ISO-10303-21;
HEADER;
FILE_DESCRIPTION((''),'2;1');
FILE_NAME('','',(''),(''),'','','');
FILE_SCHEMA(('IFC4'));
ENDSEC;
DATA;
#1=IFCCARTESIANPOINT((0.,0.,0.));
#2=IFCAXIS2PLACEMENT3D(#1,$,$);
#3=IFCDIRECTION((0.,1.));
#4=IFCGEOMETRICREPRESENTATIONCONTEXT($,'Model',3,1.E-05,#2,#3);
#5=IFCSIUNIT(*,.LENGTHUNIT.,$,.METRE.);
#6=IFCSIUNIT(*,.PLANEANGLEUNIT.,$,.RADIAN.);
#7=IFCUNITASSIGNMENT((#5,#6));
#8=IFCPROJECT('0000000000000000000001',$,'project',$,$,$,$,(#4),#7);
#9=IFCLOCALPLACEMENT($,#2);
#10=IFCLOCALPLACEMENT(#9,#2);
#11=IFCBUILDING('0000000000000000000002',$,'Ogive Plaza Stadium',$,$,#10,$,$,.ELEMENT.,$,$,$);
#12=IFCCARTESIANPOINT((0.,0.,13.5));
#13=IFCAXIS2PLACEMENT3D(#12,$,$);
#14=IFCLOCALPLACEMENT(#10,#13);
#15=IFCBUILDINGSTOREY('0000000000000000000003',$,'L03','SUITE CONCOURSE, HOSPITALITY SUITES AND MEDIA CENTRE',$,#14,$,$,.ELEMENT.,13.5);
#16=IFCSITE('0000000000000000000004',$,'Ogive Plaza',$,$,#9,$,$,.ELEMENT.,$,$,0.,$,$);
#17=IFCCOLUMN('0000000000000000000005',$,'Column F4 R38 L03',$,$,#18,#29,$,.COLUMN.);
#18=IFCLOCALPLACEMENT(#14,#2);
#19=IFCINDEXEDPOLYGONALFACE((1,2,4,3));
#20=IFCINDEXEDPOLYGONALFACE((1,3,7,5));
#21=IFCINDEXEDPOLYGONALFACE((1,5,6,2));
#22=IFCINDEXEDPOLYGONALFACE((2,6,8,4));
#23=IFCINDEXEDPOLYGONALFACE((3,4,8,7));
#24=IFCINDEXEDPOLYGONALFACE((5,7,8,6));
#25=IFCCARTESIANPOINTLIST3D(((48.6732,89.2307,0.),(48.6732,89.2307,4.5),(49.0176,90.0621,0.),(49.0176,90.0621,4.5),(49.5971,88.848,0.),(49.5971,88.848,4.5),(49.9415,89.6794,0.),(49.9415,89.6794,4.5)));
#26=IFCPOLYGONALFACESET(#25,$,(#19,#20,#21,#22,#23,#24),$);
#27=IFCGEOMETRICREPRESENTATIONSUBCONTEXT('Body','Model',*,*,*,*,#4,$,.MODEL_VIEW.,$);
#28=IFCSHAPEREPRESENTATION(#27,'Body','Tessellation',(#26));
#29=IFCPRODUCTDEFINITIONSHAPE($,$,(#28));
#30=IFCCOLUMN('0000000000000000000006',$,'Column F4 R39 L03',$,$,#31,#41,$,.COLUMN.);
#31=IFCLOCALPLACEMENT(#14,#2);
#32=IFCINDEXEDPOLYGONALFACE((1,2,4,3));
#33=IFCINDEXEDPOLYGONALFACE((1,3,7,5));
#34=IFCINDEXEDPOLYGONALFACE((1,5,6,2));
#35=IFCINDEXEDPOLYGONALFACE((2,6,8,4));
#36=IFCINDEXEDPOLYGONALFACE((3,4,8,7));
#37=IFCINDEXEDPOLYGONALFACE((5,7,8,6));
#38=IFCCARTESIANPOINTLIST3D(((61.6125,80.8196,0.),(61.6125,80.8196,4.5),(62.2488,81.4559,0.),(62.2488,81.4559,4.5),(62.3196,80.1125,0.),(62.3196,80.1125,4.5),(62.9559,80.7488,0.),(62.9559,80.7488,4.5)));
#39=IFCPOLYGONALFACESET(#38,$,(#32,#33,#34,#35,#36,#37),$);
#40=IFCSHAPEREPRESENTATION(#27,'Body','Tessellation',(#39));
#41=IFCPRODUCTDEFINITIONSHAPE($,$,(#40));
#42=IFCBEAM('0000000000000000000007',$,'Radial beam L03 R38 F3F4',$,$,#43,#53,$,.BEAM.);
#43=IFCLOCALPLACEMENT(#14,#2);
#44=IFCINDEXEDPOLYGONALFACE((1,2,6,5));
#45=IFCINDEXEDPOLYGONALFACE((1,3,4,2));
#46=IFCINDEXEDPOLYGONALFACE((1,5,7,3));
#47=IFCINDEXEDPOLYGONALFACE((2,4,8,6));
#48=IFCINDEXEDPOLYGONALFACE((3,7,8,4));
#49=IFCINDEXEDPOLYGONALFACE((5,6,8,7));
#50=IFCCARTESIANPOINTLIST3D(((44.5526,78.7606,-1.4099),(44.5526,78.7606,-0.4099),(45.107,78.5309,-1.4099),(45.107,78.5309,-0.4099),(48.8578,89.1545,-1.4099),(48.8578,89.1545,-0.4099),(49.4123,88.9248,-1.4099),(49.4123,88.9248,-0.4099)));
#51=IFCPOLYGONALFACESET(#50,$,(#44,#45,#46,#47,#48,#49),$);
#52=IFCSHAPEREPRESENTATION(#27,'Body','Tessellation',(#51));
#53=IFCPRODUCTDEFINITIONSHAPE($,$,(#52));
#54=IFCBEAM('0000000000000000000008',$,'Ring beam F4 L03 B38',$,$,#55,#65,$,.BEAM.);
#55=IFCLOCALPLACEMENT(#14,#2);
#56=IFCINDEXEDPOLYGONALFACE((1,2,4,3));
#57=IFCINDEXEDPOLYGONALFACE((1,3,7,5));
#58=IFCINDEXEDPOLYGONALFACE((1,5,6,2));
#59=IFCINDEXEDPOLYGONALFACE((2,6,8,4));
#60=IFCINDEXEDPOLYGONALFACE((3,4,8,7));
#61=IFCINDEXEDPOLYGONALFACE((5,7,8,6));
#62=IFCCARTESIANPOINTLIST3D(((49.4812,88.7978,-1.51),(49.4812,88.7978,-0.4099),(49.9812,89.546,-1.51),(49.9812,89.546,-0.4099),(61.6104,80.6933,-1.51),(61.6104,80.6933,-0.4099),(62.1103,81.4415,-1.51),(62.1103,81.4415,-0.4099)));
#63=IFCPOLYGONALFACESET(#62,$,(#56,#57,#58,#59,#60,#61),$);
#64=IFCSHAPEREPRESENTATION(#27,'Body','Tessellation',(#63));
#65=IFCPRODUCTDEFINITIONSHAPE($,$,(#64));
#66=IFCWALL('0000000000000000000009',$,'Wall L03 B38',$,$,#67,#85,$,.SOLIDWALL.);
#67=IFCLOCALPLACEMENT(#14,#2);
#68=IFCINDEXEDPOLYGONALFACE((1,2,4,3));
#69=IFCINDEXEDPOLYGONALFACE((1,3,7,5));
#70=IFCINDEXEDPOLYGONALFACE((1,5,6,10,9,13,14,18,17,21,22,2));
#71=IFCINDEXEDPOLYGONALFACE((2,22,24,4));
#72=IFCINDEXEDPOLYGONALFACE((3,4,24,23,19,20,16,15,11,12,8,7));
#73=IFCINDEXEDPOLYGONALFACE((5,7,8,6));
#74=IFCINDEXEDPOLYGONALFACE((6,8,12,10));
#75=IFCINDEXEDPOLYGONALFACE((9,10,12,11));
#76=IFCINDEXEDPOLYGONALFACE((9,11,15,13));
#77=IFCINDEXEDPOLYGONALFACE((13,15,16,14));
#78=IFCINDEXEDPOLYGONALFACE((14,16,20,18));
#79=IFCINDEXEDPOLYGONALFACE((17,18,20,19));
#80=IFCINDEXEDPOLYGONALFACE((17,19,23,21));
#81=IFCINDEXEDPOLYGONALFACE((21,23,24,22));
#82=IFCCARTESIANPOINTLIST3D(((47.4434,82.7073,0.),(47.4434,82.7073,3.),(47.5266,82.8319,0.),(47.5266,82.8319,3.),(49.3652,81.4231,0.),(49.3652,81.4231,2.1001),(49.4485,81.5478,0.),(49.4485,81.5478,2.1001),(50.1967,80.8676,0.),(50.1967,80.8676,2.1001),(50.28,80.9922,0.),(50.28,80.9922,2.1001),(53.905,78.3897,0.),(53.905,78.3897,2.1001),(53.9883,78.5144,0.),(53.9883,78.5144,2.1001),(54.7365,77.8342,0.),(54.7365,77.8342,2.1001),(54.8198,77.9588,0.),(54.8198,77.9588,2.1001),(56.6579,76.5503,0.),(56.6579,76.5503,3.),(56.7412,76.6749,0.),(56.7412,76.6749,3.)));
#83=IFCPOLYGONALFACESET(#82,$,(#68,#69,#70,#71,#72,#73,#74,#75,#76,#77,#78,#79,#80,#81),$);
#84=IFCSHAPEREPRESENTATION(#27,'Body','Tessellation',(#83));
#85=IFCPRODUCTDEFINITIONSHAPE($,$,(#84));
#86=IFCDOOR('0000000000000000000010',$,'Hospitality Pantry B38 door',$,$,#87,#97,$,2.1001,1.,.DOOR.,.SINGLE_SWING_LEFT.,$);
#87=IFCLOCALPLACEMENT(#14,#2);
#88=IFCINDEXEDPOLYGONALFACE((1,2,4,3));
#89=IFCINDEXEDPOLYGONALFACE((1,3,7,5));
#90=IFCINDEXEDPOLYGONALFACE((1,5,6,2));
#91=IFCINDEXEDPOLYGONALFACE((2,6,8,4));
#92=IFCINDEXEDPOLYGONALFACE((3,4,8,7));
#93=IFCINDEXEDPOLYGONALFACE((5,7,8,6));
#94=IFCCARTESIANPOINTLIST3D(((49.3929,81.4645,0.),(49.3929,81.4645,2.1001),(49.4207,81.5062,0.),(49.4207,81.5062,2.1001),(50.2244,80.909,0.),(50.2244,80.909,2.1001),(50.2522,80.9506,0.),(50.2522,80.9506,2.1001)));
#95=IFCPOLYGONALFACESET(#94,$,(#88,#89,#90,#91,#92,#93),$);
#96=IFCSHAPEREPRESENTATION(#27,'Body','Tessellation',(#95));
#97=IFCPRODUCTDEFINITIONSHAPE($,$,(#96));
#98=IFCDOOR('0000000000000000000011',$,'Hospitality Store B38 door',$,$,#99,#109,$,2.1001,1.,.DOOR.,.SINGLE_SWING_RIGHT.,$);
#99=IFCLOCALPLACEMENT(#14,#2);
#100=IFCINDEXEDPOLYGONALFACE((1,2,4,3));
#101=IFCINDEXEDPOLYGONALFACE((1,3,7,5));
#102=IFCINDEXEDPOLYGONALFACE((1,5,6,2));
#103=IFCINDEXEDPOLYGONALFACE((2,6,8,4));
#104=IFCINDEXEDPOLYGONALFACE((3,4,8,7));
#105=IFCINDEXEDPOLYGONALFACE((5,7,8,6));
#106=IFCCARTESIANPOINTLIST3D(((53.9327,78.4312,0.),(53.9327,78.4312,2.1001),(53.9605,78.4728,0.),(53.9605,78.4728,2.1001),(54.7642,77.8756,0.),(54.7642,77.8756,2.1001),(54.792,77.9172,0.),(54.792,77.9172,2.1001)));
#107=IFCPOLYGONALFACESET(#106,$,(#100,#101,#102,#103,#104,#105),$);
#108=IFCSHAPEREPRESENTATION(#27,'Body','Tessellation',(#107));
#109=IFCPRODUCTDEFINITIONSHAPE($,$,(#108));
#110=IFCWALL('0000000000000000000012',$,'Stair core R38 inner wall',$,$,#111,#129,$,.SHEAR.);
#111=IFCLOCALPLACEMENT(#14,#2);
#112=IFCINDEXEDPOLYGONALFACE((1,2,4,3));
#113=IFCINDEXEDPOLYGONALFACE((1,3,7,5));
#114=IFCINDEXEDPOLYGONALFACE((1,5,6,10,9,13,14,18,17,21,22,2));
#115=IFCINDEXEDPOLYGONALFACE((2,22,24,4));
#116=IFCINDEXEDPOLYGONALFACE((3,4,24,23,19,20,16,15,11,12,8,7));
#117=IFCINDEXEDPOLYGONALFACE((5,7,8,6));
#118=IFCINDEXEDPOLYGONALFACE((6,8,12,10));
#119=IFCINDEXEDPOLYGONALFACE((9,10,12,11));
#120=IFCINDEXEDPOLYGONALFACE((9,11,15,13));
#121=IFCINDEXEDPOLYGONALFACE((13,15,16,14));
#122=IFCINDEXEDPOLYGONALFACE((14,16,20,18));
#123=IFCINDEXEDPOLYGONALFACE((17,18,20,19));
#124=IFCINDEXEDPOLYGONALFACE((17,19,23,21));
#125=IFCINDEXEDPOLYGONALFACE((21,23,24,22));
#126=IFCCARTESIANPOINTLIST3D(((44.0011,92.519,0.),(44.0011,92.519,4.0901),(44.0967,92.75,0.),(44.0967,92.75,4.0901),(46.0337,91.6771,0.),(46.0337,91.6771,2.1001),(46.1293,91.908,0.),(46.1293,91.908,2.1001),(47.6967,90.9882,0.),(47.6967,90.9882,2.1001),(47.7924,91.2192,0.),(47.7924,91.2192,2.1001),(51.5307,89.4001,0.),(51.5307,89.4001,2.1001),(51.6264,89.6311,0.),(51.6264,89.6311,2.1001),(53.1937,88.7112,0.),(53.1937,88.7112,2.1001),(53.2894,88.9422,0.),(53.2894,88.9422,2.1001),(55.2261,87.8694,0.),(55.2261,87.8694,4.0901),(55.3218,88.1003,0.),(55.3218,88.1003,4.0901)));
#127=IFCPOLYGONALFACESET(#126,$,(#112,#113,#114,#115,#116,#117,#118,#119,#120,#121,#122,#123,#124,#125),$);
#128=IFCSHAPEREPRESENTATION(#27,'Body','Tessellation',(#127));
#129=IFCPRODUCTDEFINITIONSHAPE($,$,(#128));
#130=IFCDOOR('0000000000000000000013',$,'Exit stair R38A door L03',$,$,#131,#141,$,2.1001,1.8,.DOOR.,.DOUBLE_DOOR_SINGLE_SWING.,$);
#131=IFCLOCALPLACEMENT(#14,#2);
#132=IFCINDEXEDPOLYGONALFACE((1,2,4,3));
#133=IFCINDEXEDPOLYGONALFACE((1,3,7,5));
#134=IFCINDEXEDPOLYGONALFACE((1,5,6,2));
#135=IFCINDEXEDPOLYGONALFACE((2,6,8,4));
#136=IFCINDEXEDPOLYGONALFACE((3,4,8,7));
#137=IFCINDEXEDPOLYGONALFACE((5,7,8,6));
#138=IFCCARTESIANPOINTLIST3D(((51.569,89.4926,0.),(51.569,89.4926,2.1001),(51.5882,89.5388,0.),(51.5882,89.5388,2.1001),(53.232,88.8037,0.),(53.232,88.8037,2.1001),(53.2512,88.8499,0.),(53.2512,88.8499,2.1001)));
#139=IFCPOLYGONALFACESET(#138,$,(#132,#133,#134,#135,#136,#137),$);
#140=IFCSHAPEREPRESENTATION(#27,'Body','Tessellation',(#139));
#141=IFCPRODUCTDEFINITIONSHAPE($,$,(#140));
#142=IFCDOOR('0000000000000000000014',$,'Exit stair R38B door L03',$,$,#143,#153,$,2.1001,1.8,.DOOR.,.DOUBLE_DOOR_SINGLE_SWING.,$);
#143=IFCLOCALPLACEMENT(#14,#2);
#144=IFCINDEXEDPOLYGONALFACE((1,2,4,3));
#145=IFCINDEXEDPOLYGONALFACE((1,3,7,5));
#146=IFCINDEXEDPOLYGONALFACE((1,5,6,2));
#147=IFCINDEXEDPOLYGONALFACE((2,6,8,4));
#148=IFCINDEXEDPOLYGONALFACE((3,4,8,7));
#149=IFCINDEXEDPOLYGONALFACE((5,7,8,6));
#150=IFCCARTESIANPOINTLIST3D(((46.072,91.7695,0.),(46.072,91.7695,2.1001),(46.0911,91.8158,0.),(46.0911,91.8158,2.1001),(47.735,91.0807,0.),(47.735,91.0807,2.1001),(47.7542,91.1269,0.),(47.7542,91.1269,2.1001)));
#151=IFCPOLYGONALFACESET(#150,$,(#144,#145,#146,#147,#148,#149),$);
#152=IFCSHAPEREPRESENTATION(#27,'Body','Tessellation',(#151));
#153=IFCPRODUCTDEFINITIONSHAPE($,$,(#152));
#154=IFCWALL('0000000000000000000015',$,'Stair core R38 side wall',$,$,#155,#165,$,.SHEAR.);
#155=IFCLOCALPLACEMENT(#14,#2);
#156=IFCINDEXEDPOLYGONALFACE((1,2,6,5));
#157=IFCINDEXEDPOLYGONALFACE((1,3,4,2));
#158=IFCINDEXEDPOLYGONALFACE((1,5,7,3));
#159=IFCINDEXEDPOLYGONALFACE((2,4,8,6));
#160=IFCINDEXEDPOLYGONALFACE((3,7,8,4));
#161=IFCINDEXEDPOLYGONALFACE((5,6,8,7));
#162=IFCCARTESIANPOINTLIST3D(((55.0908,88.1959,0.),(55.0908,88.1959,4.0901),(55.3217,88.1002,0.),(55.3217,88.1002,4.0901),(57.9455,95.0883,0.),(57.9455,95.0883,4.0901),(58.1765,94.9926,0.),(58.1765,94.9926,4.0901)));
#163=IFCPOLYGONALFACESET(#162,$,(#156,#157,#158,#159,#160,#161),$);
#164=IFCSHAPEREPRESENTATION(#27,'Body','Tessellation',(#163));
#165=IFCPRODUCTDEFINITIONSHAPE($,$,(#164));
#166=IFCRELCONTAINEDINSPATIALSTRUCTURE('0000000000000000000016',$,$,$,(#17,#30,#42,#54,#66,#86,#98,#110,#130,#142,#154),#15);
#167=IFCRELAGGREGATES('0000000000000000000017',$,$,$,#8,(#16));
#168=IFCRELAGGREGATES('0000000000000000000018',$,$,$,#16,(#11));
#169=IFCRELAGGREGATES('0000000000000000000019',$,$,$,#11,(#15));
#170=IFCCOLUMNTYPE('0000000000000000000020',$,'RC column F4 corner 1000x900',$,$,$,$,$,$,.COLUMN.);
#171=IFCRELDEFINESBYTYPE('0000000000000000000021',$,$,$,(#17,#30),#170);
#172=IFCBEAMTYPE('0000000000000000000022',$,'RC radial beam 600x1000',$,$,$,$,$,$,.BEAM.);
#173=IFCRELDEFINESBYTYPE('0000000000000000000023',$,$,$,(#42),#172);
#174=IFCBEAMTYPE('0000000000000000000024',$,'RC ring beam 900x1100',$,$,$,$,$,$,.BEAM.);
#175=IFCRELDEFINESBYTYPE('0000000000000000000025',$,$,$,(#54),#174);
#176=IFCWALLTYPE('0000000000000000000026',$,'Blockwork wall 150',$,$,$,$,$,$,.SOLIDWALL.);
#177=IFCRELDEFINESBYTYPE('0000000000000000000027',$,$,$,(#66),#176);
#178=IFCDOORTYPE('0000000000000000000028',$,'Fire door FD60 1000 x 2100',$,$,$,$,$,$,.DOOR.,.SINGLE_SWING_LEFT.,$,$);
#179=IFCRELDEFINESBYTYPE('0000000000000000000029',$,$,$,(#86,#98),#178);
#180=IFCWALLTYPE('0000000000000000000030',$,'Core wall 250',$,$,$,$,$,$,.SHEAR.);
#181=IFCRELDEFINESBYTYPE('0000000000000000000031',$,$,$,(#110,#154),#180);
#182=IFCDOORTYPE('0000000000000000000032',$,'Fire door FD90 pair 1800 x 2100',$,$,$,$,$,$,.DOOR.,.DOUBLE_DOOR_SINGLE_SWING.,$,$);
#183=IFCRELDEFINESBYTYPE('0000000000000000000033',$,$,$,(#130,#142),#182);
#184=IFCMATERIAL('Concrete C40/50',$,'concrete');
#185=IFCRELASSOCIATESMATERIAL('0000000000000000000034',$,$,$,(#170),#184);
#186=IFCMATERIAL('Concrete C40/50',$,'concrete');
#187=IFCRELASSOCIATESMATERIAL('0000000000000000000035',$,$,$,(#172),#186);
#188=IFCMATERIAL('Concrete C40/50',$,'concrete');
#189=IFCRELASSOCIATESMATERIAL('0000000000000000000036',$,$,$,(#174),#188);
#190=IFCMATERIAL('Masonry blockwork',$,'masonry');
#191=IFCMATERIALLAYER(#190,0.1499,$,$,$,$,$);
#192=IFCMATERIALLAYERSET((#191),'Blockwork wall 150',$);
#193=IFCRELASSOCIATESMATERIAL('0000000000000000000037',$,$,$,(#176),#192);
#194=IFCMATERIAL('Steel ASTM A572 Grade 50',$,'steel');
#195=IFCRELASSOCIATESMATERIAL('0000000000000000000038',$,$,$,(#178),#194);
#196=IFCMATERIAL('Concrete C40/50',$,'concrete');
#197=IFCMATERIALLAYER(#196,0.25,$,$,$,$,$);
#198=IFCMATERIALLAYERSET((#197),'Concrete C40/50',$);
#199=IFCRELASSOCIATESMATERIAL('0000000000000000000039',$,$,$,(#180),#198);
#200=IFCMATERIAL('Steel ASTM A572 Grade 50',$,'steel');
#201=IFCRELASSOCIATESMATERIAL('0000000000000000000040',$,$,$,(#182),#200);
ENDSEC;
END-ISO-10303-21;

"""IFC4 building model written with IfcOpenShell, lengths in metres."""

from ifc_helpers import new_model, si_unit, direction, frame, frame_2d, origin, origin_2d, place, context, subcontext, project, spatial, rectangle, extrude, material, layer, layer_set, material_profile, profile_set, type_object, element, fill, save


model = new_model("IFC4")

# Units and contexts
model_context = context("Model", 3, precision=1e-05, world=origin(), true_north=direction((0.0, 1.0)))
body_context = subcontext(model_context, "Body", "Model", "MODEL_VIEW")
ifc_project = project(units=[si_unit("LENGTHUNIT", "METRE"), si_unit("PLANEANGLEUNIT", "RADIAN")], contexts=[model_context])

# Site, building, storey
site_placement = place(None, origin())
site = spatial("IfcSite", under=ifc_project, at=site_placement, Name="Ogive Plaza", CompositionType="ELEMENT", RefElevation=0.0)
building_placement = place(site_placement, origin())
building = spatial("IfcBuilding", under=site, at=building_placement, Name="Ogive Plaza Stadium", CompositionType="ELEMENT")
storey_placement = place(building_placement, frame((0.0, 0.0, 13.5)))
storey = spatial("IfcBuildingStorey", under=building, at=storey_placement, Name="L03", Description="SUITE CONCOURSE, HOSPITALITY SUITES AND MEDIA CENTRE", CompositionType="ELEMENT", Elevation=13.5)

# Columns
ifc_material_1 = material(Name="Concrete C40/50", Category="concrete")
ifc_material_profile_1 = material_profile(ifc_material_1, rectangle(XDim=1.0, YDim=0.8999, at=origin_2d()), Name="RC 1000x900")
ifc_profile_set_1 = profile_set([ifc_material_profile_1], Name="Concrete C40/50")
column_type = type_object("IfcColumnType", Name="RC column F4 corner 1000x900", PredefinedType="COLUMN", material=ifc_profile_set_1)
for number, where, z_axis, x_axis, name in (
    (1, (49.3074, 89.4551, 0.0), (0.0, 0.0, 1.0), (-0.92388, 0.382683, 0.0), "Column F4 R38 L03"),
    (2, (62.2842, 80.7842, 0.0), (0.0, 0.0, 1.0), (-0.707107, 0.707107, 0.0), "Column F4 R39 L03"),
):
    element("IfcColumn", number, at=place(storey_placement, frame(where, z_axis=z_axis, x_axis=x_axis)), inside=storey, type_object=column_type, Name=name, PredefinedType="COLUMN", context=body_context, shape_type="SweptSolid", body=[
        extrude(rectangle(XDim=1.0, YDim=0.8999, at=origin_2d()), origin(), (0.0, 0.0, 1.0), 4.5),
    ])

# Beams
ifc_material_2 = material(Name="Concrete C40/50", Category="concrete")
ifc_material_profile_2 = material_profile(ifc_material_2, rectangle(XDim=0.6001, YDim=1.0, at=origin_2d()), Name="RC 600x1000")
ifc_profile_set_2 = profile_set([ifc_material_profile_2], Name="Concrete C40/50")
beam_type_1 = type_object("IfcBeamType", Name="RC radial beam 600x1000", PredefinedType="BEAM", material=ifc_profile_set_2)
beam_1_placement = place(storey_placement, frame((44.8298, 78.6458, -0.9099), z_axis=(0.382678, 0.923882, 0.0), x_axis=(-0.923882, 0.382678, 0.0)))
element("IfcBeam", 3, at=beam_1_placement, inside=storey, type_object=beam_type_1, Name="Radial beam L03 R38 F3F4", PredefinedType="BEAM", context=body_context, shape_type="SweptSolid", body=[
    extrude(rectangle(XDim=0.6001, YDim=1.0, at=origin_2d()), origin(), (0.0, 0.0, 1.0), 11.2502),
])
ifc_material_3 = material(Name="Concrete C40/50", Category="concrete")
ifc_material_profile_3 = material_profile(ifc_material_3, rectangle(XDim=0.8999, YDim=1.1001, at=origin_2d()), Name="RC 900x1100")
ifc_profile_set_3 = profile_set([ifc_material_profile_3], Name="Concrete C40/50")
beam_type_2 = type_object("IfcBeamType", Name="RC ring beam 900x1100", PredefinedType="BEAM", material=ifc_profile_set_3)
beam_2_placement = place(storey_placement, frame((49.7312, 89.1719, -0.96), z_axis=(0.831468, -0.555573, 0.0), x_axis=(0.555573, 0.831468, 0.0)))
element("IfcBeam", 4, at=beam_2_placement, inside=storey, type_object=beam_type_2, Name="Ring beam F4 L03 B38", PredefinedType="BEAM", context=body_context, shape_type="SweptSolid", body=[
    extrude(rectangle(XDim=0.8999, YDim=1.1001, at=origin_2d()), origin(), (0.0, 0.0, 1.0), 14.5876),
])

# Walls, openings, doors
ifc_material_4 = material(Name="Masonry blockwork", Category="masonry")
ifc_layer_1 = layer(ifc_material_4, 0.1499)
ifc_layer_set_1 = layer_set([ifc_layer_1], Name="Blockwork wall 150")
wall_type_1 = type_object("IfcWallType", Name="Blockwork wall 150", PredefinedType="SOLIDWALL", material=ifc_layer_set_1)
wall_1_placement = place(storey_placement, frame((47.4851, 82.7695, 0.0), z_axis=(0.0, 0.0, 1.0), x_axis=(0.83147, -0.555569, 0.0)))
wall_1 = element("IfcWall", 5, at=wall_1_placement, inside=storey, type_object=wall_type_1, Name="Wall L03 B38", PredefinedType="SOLIDWALL", context=body_context, shape_type="SweptSolid", body=[
    extrude(rectangle(XDim=11.0823, YDim=0.1499, at=frame_2d((5.541, 0.0))), origin(), (0.0, 0.0, 1.0), 3.0),
])
opening_1_placement = place(wall_1_placement, frame((2.3113, 0.0, 0.0)))
opening_1 = element("IfcOpeningElement", 6, at=opening_1_placement, cuts=wall_1, PredefinedType="OPENING", context=body_context, shape_type="SweptSolid", body=[
    extrude(rectangle(XDim=1.0, YDim=2.1001, at=frame_2d((0.5, 1.05))), frame((0.0, 0.075, 0.0), z_axis=(0.0, -1.0, 0.0), x_axis=(1.0, 0.0, 0.0)), (0.0, 0.0, 1.0), 0.1499),
])
opening_2_placement = place(wall_1_placement, frame((7.7712, 0.0, 0.0)))
opening_2 = element("IfcOpeningElement", 7, at=opening_2_placement, cuts=wall_1, PredefinedType="OPENING", context=body_context, shape_type="SweptSolid", body=[
    extrude(rectangle(XDim=1.0, YDim=2.1001, at=frame_2d((0.5, 1.05))), frame((0.0, 0.075, 0.0), z_axis=(0.0, -1.0, 0.0), x_axis=(1.0, 0.0, 0.0)), (0.0, 0.0, 1.0), 0.1499),
])
ifc_material_5 = material(Name="Steel ASTM A572 Grade 50", Category="steel")
door_type_1 = type_object("IfcDoorType", Name="Fire door FD60 1000 x 2100", OperationType="SINGLE_SWING_LEFT", PredefinedType="DOOR", material=ifc_material_5)
door_1_placement = place(opening_1_placement, origin())
door_1 = element("IfcDoor", 8, at=door_1_placement, inside=storey, type_object=door_type_1, Name="Hospitality Pantry B38 door", OperationType="SINGLE_SWING_LEFT", OverallHeight=2.1001, OverallWidth=1.0, PredefinedType="DOOR", context=body_context, shape_type="SweptSolid", body=[
    extrude(rectangle(XDim=1.0, YDim=2.1001, at=frame_2d((0.5, 1.05))), frame((0.0, 0.0249, 0.0), z_axis=(0.0, -1.0, 0.0), x_axis=(1.0, 0.0, 0.0)), (0.0, 0.0, 1.0), 0.05),
])
fill(opening_1, door_1)
door_2_placement = place(opening_2_placement, origin())
door_2 = element("IfcDoor", 9, at=door_2_placement, inside=storey, type_object=door_type_1, Name="Hospitality Store B38 door", OperationType="SINGLE_SWING_RIGHT", OverallHeight=2.1001, OverallWidth=1.0, PredefinedType="DOOR", context=body_context, shape_type="SweptSolid", body=[
    extrude(rectangle(XDim=1.0, YDim=2.1001, at=frame_2d((0.5, 1.05))), frame((0.0, 0.0249, 0.0), z_axis=(0.0, -1.0, 0.0), x_axis=(1.0, 0.0, 0.0)), (0.0, 0.0, 1.0), 0.05),
])
fill(opening_2, door_2)
ifc_material_6 = material(Name="Concrete C40/50", Category="concrete")
ifc_layer_2 = layer(ifc_material_6, 0.25)
ifc_layer_set_2 = layer_set([ifc_layer_2], Name="Concrete C40/50")
wall_type_2 = type_object("IfcWallType", Name="Core wall 250", PredefinedType="SHEAR", material=ifc_layer_set_2)
wall_2_placement = place(storey_placement, frame((55.2739, 87.9849, 0.0), z_axis=(0.0, 0.0, 1.0), x_axis=(-0.923877, 0.382688, 0.0)))
wall_2 = element("IfcWall", 10, at=wall_2_placement, inside=storey, type_object=wall_type_2, Name="Stair core R38 inner wall", PredefinedType="SHEAR", context=body_context, shape_type="SweptSolid", body=[
    extrude(rectangle(XDim=12.1499, YDim=0.25, at=frame_2d((6.075, 0.0))), origin(), (0.0, 0.0, 1.0), 4.0901),
])
opening_3_placement = place(wall_2_placement, frame((2.2, 0.0, 0.0)))
opening_3 = element("IfcOpeningElement", 11, at=opening_3_placement, cuts=wall_2, PredefinedType="OPENING", context=body_context, shape_type="SweptSolid", body=[
    extrude(rectangle(XDim=1.8, YDim=2.1001, at=frame_2d((0.8999, 1.05))), frame((0.0, 0.125, 0.0), z_axis=(0.0, -1.0, 0.0), x_axis=(1.0, 0.0, 0.0)), (0.0, 0.0, 1.0), 0.25),
])
opening_4_placement = place(wall_2_placement, frame((8.1499, 0.0, 0.0)))
opening_4 = element("IfcOpeningElement", 12, at=opening_4_placement, cuts=wall_2, PredefinedType="OPENING", context=body_context, shape_type="SweptSolid", body=[
    extrude(rectangle(XDim=1.8, YDim=2.1001, at=frame_2d((0.8999, 1.05))), frame((0.0, 0.125, 0.0), z_axis=(0.0, -1.0, 0.0), x_axis=(1.0, 0.0, 0.0)), (0.0, 0.0, 1.0), 0.25),
])
ifc_material_7 = material(Name="Steel ASTM A572 Grade 50", Category="steel")
door_type_2 = type_object("IfcDoorType", Name="Fire door FD90 pair 1800 x 2100", OperationType="DOUBLE_DOOR_SINGLE_SWING", PredefinedType="DOOR", material=ifc_material_7)
door_3_placement = place(opening_3_placement, origin())
door_3 = element("IfcDoor", 13, at=door_3_placement, inside=storey, type_object=door_type_2, Name="Exit stair R38A door L03", OperationType="DOUBLE_DOOR_SINGLE_SWING", OverallHeight=2.1001, OverallWidth=1.8, PredefinedType="DOOR", context=body_context, shape_type="SweptSolid", body=[
    extrude(rectangle(XDim=1.8, YDim=2.1001, at=frame_2d((0.8999, 1.05))), frame((0.0, 0.0249, 0.0), z_axis=(0.0, -1.0, 0.0), x_axis=(1.0, 0.0, 0.0)), (0.0, 0.0, 1.0), 0.05),
])
fill(opening_3, door_3)
door_4_placement = place(opening_4_placement, origin())
door_4 = element("IfcDoor", 14, at=door_4_placement, inside=storey, type_object=door_type_2, Name="Exit stair R38B door L03", OperationType="DOUBLE_DOOR_SINGLE_SWING", OverallHeight=2.1001, OverallWidth=1.8, PredefinedType="DOOR", context=body_context, shape_type="SweptSolid", body=[
    extrude(rectangle(XDim=1.8, YDim=2.1001, at=frame_2d((0.8999, 1.05))), frame((0.0, 0.0249, 0.0), z_axis=(0.0, -1.0, 0.0), x_axis=(1.0, 0.0, 0.0)), (0.0, 0.0, 1.0), 0.05),
])
fill(opening_4, door_4)

# Wall
wall_3_placement = place(storey_placement, frame((55.2063, 88.1482, 0.0), z_axis=(0.0, 0.0, 1.0), x_axis=(0.382665, 0.923887, 0.0)))
element("IfcWall", 15, at=wall_3_placement, inside=storey, type_object=wall_type_2, Name="Stair core R38 side wall", PredefinedType="SHEAR", context=body_context, shape_type="SweptSolid", body=[
    extrude(rectangle(XDim=7.4602, YDim=0.25, at=frame_2d((3.73, 0.0))), origin(), (0.0, 0.0, 1.0), 4.0901),
])

save(model, "model.ifc")
